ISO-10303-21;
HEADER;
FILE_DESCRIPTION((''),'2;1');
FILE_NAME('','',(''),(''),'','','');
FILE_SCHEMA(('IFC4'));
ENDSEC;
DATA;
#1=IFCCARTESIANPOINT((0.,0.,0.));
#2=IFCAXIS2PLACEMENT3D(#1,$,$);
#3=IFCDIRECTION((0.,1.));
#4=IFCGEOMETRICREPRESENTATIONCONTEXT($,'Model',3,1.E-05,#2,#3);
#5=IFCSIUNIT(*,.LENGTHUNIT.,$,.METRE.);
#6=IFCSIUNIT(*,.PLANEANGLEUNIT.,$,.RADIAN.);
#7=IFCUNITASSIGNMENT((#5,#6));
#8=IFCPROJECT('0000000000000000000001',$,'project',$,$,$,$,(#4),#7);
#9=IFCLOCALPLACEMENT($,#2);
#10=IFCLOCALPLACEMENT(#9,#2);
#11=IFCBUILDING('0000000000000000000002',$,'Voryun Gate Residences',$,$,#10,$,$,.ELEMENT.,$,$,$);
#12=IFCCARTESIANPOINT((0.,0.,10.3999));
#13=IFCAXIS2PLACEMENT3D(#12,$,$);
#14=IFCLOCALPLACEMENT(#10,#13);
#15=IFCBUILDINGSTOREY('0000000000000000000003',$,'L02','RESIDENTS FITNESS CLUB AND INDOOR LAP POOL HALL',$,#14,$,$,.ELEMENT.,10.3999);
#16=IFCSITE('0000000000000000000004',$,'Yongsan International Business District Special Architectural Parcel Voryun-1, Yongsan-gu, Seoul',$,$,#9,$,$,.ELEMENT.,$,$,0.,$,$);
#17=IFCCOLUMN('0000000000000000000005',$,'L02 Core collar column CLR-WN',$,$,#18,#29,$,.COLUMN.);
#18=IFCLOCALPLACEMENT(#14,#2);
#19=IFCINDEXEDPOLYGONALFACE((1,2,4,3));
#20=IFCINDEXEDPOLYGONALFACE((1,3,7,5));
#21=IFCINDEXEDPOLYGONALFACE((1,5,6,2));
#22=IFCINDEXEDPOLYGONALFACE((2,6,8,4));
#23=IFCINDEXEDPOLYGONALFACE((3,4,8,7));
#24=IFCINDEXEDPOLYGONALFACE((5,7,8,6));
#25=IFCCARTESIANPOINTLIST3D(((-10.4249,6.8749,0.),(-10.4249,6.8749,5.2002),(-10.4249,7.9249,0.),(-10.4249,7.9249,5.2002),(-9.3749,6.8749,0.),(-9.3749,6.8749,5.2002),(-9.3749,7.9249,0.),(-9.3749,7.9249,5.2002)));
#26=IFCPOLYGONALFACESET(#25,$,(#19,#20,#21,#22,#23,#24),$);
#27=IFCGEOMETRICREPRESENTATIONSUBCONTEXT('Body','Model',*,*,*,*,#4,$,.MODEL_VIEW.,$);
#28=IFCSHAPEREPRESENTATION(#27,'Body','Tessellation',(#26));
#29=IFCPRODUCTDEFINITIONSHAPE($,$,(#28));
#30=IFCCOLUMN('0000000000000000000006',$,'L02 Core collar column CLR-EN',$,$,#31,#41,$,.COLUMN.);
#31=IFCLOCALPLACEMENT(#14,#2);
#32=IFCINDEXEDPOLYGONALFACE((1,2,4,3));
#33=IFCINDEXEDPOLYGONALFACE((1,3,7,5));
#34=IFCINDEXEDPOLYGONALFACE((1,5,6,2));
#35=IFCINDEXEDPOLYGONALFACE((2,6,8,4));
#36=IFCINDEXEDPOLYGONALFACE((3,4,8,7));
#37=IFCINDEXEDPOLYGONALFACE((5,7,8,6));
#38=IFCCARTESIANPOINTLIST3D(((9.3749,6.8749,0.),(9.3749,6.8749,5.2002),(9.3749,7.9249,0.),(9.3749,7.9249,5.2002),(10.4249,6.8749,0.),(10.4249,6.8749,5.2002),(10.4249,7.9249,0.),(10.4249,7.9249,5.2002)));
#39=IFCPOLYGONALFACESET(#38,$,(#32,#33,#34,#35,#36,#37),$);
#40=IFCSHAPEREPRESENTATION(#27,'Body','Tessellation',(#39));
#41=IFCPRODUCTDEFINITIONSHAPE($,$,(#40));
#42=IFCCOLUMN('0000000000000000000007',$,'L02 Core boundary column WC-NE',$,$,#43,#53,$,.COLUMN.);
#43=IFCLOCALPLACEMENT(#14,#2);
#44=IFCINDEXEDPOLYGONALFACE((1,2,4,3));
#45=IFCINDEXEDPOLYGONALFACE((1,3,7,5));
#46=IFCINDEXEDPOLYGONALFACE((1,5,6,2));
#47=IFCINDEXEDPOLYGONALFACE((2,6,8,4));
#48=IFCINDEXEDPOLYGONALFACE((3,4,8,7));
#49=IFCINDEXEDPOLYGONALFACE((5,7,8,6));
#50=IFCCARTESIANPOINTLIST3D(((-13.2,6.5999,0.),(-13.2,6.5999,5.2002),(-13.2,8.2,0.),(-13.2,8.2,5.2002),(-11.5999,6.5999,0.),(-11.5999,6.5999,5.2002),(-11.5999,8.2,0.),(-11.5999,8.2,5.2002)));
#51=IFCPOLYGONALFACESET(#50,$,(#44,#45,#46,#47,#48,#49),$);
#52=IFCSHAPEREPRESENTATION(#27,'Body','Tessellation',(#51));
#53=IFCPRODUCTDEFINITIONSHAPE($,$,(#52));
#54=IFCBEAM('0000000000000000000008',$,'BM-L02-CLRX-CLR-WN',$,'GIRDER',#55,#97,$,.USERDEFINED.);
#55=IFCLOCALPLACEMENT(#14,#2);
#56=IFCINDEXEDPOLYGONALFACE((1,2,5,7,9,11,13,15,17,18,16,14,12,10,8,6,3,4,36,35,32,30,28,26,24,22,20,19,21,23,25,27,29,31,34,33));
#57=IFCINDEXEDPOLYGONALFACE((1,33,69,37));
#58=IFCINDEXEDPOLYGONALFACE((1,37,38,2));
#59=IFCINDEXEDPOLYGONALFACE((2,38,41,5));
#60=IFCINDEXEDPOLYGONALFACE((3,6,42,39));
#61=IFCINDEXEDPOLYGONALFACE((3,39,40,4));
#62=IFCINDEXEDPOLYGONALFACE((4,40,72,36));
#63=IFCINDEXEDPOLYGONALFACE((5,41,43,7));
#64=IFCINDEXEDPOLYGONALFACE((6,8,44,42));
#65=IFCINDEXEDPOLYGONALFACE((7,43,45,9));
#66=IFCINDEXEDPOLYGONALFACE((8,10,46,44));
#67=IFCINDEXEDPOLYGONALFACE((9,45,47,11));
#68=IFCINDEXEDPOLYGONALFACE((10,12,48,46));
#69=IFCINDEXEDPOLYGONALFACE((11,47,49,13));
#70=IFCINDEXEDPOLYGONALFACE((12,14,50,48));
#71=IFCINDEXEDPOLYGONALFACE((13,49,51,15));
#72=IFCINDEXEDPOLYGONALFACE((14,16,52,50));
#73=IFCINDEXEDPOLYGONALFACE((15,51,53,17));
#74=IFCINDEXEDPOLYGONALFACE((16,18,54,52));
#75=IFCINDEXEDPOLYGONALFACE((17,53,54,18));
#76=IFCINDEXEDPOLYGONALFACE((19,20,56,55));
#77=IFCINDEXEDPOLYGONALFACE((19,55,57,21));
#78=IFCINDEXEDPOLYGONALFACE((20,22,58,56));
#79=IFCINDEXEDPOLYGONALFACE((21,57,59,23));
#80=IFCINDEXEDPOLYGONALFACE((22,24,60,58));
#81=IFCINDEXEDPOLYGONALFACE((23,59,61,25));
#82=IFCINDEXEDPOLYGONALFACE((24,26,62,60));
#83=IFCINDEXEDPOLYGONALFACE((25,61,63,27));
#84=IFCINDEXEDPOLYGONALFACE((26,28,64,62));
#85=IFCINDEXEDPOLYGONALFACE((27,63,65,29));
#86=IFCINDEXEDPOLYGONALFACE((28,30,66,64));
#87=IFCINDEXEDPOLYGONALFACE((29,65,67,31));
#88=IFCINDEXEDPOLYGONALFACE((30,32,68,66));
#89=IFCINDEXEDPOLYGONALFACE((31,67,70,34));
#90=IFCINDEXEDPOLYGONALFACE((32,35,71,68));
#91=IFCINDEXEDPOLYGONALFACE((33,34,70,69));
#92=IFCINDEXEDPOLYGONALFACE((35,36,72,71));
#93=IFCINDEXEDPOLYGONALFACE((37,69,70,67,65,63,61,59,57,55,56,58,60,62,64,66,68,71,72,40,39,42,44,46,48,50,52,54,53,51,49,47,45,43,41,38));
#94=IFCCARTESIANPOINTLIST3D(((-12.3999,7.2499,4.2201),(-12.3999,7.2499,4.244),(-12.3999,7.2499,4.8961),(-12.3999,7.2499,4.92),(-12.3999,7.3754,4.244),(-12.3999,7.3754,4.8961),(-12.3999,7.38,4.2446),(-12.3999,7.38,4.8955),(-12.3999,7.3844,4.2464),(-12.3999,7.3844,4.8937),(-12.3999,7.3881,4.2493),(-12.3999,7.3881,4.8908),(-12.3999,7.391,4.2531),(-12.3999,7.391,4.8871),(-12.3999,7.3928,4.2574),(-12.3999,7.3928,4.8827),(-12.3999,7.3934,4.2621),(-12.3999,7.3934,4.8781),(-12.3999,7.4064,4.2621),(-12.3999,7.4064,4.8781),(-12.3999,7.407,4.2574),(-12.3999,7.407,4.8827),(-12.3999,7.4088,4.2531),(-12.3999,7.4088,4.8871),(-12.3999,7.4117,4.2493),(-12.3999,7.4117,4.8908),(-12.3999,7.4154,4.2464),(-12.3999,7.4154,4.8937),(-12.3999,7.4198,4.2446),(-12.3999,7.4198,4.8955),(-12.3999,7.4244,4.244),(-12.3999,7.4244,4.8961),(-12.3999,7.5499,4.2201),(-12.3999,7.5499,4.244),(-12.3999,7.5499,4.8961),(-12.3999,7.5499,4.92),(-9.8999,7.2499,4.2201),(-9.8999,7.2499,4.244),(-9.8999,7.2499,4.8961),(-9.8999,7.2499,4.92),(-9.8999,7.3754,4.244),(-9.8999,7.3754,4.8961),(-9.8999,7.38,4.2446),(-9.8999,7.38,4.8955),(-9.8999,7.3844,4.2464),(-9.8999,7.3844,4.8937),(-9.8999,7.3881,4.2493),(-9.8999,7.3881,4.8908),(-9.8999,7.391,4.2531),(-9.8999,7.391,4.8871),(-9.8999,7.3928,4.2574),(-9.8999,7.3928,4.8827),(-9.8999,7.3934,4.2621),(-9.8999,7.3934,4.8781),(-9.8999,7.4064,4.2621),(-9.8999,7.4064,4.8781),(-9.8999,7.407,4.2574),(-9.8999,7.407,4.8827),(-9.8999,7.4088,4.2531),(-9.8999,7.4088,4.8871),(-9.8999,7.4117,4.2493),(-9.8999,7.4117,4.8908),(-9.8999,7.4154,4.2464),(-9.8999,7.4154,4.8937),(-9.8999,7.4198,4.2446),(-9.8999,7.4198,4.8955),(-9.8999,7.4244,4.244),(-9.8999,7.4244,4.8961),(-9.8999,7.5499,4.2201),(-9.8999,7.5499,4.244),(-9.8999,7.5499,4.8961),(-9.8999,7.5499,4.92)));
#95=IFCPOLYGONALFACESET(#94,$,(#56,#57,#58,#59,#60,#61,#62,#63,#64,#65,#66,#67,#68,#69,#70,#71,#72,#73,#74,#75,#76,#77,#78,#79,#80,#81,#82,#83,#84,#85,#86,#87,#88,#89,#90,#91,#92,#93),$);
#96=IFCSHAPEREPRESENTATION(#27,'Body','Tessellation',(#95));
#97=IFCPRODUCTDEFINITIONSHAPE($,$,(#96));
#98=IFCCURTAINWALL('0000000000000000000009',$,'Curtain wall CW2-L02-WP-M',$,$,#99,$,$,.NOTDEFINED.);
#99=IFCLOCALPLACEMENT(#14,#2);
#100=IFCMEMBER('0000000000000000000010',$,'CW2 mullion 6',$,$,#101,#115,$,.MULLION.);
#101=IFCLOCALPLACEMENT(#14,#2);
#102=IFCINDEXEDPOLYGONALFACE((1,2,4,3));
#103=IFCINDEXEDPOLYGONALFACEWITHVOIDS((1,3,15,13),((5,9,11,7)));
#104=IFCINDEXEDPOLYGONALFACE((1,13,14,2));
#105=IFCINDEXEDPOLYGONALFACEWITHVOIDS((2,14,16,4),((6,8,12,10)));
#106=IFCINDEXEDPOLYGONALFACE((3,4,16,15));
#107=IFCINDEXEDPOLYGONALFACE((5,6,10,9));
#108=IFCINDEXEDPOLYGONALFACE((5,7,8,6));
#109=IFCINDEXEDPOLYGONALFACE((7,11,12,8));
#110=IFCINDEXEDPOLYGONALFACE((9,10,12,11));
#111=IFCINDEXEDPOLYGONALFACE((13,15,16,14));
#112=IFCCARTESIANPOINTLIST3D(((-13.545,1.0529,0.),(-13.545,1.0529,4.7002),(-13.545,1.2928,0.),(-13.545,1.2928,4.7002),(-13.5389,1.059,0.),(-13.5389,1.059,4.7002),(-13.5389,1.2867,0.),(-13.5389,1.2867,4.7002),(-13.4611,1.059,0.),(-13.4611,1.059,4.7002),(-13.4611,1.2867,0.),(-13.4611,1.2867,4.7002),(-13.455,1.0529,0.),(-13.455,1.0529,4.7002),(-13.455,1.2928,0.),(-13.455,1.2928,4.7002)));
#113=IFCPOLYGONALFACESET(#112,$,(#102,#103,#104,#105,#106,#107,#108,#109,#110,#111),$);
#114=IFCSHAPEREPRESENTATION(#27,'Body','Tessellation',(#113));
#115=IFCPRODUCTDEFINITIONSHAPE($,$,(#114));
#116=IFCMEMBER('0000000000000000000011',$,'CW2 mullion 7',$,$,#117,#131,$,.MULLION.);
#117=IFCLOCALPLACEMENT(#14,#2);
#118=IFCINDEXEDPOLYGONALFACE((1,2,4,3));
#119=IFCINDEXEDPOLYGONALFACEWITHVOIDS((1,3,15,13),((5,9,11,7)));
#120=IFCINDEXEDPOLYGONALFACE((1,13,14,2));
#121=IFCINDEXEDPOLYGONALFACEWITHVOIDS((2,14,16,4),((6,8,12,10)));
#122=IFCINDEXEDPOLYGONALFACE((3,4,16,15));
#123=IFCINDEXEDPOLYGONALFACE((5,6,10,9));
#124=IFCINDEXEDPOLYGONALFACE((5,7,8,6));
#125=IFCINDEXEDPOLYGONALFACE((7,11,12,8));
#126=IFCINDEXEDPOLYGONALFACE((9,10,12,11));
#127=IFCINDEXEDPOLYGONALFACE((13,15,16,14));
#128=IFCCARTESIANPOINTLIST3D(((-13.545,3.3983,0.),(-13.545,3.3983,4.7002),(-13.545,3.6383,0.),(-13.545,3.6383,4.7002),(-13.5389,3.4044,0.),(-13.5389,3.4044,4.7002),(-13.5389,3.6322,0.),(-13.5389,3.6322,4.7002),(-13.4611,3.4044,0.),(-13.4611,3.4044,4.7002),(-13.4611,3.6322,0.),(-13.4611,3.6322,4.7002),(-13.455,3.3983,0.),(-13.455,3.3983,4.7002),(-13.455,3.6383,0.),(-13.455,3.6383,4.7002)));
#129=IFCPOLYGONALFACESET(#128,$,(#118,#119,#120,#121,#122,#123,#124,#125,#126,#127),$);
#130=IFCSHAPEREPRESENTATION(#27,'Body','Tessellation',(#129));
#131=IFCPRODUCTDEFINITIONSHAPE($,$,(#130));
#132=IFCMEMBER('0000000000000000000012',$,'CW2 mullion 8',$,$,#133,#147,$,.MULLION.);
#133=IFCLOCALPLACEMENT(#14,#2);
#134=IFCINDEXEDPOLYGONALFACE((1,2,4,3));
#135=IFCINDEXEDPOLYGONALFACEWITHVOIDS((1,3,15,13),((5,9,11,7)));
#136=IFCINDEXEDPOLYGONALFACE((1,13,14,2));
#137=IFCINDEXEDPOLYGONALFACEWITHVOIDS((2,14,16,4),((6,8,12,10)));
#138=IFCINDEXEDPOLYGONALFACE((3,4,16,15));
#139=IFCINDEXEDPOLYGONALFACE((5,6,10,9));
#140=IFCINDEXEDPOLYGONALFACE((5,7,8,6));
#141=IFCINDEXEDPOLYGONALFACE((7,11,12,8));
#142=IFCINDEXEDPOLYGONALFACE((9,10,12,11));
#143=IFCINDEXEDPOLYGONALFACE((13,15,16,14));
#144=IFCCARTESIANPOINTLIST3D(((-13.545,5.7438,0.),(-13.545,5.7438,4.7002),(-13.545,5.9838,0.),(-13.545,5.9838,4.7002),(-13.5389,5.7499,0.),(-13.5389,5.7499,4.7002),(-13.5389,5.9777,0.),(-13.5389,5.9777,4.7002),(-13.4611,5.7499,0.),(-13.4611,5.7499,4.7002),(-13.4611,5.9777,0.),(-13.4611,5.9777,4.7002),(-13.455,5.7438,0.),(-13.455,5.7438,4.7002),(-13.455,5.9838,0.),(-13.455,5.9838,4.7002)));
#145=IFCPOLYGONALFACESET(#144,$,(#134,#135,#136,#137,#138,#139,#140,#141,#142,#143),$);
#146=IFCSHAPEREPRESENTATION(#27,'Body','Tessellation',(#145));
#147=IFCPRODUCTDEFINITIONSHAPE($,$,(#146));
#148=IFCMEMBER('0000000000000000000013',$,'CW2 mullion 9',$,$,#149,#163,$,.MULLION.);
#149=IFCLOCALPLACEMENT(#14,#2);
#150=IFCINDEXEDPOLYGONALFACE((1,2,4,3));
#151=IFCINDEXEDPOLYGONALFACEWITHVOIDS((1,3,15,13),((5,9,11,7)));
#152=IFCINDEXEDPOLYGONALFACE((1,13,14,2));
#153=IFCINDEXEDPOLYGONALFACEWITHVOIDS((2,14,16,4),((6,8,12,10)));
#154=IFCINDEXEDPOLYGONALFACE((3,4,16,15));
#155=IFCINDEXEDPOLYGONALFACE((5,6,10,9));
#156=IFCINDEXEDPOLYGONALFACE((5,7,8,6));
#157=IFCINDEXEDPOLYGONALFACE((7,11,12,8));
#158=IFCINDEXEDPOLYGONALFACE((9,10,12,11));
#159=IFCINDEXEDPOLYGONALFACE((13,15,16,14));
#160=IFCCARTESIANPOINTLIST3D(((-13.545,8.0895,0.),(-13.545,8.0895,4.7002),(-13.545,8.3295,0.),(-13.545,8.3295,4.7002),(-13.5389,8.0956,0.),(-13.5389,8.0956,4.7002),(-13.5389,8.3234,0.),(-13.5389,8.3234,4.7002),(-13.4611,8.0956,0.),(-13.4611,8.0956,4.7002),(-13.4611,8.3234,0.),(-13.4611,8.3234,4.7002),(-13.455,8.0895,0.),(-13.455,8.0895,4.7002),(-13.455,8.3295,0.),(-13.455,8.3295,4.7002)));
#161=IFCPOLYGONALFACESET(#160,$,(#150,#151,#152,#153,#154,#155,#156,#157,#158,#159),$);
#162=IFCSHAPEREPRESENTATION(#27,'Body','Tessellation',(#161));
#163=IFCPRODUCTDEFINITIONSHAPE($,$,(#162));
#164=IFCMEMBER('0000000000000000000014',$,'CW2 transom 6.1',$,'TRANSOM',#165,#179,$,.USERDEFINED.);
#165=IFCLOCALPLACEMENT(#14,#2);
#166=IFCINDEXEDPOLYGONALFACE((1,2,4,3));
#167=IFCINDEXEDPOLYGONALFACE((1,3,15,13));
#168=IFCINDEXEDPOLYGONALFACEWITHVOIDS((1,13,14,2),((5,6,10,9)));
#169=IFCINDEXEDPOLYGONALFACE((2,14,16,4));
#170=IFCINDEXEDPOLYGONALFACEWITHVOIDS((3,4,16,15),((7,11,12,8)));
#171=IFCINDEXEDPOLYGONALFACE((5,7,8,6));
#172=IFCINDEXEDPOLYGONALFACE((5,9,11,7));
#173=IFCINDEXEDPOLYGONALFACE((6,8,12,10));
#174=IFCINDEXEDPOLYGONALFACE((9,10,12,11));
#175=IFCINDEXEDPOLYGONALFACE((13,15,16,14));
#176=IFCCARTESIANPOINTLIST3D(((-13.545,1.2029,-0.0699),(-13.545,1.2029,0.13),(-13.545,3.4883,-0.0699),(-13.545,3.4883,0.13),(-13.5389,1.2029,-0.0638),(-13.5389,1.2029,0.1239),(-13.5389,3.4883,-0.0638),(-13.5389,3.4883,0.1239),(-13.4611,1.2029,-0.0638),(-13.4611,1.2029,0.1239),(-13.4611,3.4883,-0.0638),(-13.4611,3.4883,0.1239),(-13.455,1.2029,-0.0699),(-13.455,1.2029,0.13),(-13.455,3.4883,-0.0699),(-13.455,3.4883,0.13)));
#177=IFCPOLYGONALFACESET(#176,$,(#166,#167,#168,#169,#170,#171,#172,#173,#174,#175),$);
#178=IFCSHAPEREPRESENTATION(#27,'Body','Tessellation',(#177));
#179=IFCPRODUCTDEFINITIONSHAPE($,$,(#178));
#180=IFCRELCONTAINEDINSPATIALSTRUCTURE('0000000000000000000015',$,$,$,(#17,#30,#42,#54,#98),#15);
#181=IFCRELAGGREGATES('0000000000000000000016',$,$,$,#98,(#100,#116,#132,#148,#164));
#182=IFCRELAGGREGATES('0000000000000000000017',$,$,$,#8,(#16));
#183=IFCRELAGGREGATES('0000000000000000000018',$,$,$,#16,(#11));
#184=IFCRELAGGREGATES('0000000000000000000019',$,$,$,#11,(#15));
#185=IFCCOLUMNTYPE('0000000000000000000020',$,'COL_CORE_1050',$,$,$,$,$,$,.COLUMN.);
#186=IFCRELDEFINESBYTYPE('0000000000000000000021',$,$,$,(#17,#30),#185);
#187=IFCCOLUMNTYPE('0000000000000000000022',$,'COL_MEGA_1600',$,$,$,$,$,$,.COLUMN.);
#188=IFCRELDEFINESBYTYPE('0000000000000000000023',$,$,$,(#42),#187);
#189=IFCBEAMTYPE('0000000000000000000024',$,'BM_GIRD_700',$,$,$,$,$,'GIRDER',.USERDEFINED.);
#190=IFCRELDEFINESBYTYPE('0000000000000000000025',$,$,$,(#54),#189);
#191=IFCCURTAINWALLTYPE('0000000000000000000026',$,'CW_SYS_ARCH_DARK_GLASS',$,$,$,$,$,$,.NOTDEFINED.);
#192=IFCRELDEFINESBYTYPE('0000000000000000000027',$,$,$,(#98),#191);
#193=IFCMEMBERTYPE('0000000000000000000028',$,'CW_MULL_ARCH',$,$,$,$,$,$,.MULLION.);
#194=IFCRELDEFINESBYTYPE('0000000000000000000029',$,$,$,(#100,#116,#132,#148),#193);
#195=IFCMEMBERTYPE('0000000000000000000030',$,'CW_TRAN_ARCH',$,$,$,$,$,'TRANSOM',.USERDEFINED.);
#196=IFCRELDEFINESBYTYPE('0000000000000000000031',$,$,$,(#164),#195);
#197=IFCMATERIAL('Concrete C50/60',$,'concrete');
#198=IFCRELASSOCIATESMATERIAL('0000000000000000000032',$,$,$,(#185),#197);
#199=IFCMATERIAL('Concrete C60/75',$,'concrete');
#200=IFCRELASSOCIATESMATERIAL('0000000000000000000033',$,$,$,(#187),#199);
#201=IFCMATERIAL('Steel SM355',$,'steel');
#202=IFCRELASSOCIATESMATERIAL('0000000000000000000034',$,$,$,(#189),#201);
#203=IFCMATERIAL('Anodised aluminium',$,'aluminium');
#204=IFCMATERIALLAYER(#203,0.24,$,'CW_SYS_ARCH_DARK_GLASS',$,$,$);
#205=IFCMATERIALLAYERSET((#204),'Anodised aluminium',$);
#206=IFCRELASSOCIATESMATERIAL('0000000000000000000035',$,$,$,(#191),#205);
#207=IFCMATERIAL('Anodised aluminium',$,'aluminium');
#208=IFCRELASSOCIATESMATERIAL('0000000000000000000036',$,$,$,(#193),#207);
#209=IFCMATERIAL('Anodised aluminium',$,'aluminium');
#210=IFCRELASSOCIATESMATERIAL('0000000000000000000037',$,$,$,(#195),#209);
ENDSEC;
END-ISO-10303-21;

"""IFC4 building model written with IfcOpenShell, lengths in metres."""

from ifc_helpers import new_model, si_unit, direction, frame, origin, origin_2d, place, context, subcontext, project, spatial, rectangle, hollow_rectangle, i_section, extrude, material, layer, layer_set, material_profile, profile_set, type_object, element, aggregate, save


model = new_model("IFC4")

# Units and contexts
model_context = context("Model", 3, precision=1e-05, world=origin(), true_north=direction((0.0, 1.0)))
body_context = subcontext(model_context, "Body", "Model", "MODEL_VIEW")
ifc_project = project(units=[si_unit("LENGTHUNIT", "METRE"), si_unit("PLANEANGLEUNIT", "RADIAN")], contexts=[model_context])

# Site, building, storey
site_placement = place(None, origin())
site = spatial("IfcSite", under=ifc_project, at=site_placement, Name="Yongsan International Business District Special Architectural Parcel Voryun-1, Yongsan-gu, Seoul", CompositionType="ELEMENT", RefElevation=0.0)
building_placement = place(site_placement, origin())
building = spatial("IfcBuilding", under=site, at=building_placement, Name="Voryun Gate Residences", CompositionType="ELEMENT")
storey_placement = place(building_placement, frame((0.0, 0.0, 10.3999)))
storey = spatial("IfcBuildingStorey", under=building, at=storey_placement, Name="L02", Description="RESIDENTS FITNESS CLUB AND INDOOR LAP POOL HALL", CompositionType="ELEMENT", Elevation=10.3999)

# Columns
ifc_material_1 = material(Name="Concrete C50/60", Category="concrete")
ifc_material_profile_1 = material_profile(ifc_material_1, rectangle(XDim=1.05, YDim=1.05, at=origin_2d()), Name="RC-1050x1050")
ifc_profile_set_1 = profile_set([ifc_material_profile_1], Name="Concrete C50/60")
column_type_1 = type_object("IfcColumnType", Name="COL_CORE_1050", PredefinedType="COLUMN", material=ifc_profile_set_1)
for number, where, z_axis, x_axis, name in (
    (1, (-9.8999, 7.3999, 0.0), (0.0, 0.0, 1.0), (1.0, 0.0, 0.0), "L02 Core collar column CLR-WN"),
    (2, (9.8999, 7.3999, 0.0), (0.0, 0.0, 1.0), (1.0, 0.0, 0.0), "L02 Core collar column CLR-EN"),
):
    element("IfcColumn", number, at=place(storey_placement, frame(where, z_axis=z_axis, x_axis=x_axis)), inside=storey, type_object=column_type_1, Name=name, PredefinedType="COLUMN", context=body_context, shape_type="SweptSolid", body=[
        extrude(rectangle(XDim=1.05, YDim=1.05, at=origin_2d()), origin(), (0.0, 0.0, 1.0), 5.2002),
    ])
ifc_material_2 = material(Name="Concrete C60/75", Category="concrete")
ifc_material_profile_2 = material_profile(ifc_material_2, rectangle(XDim=1.6001, YDim=1.6001, at=origin_2d()), Name="RC-1600x1600")
ifc_profile_set_2 = profile_set([ifc_material_profile_2], Name="Concrete C60/75")
column_type_2 = type_object("IfcColumnType", Name="COL_MEGA_1600", PredefinedType="COLUMN", material=ifc_profile_set_2)
column_placement = place(storey_placement, frame((-12.3999, 7.3999, 0.0), z_axis=(0.0, 0.0, 1.0), x_axis=(1.0, 0.0, 0.0)))
element("IfcColumn", 3, at=column_placement, inside=storey, type_object=column_type_2, Name="L02 Core boundary column WC-NE", PredefinedType="COLUMN", context=body_context, shape_type="SweptSolid", body=[
    extrude(rectangle(XDim=1.6001, YDim=1.6001, at=origin_2d()), origin(), (0.0, 0.0, 1.0), 5.2002),
])

# Beam
ifc_material_3 = material(Name="Steel SM355", Category="steel")
ifc_material_profile_3 = material_profile(ifc_material_3, i_section(OverallWidth=0.3, OverallDepth=0.7, WebThickness=0.0129, FlangeThickness=0.0239, FilletRadius=0.0181, at=origin_2d()), Name="H-700x300x13x24")
ifc_profile_set_3 = profile_set([ifc_material_profile_3], Name="Steel SM355")
beam_type = type_object("IfcBeamType", Name="BM_GIRD_700", ElementType="GIRDER", PredefinedType="USERDEFINED", material=ifc_profile_set_3)
beam_placement = place(storey_placement, frame((-12.3999, 7.3999, 4.5701), z_axis=(1.0, 0.0, 0.0), x_axis=(0.0, 1.0, 0.0)))
element("IfcBeam", 4, at=beam_placement, inside=storey, type_object=beam_type, Name="BM-L02-CLRX-CLR-WN", ObjectType="GIRDER", PredefinedType="USERDEFINED", context=body_context, shape_type="SweptSolid", body=[
    extrude(i_section(OverallWidth=0.3, OverallDepth=0.7, WebThickness=0.0129, FlangeThickness=0.0239, FilletRadius=0.0181, at=origin_2d()), origin(), (0.0, 0.0, 1.0), 2.5),
])

# Curtain wall, members
ifc_material_4 = material(Name="Anodised aluminium", Category="aluminium")
ifc_layer_1 = layer(ifc_material_4, 0.24, Name="CW_SYS_ARCH_DARK_GLASS")
ifc_layer_set_1 = layer_set([ifc_layer_1], Name="Anodised aluminium")
curtain_wall_type = type_object("IfcCurtainWallType", Name="CW_SYS_ARCH_DARK_GLASS", PredefinedType="NOTDEFINED", material=ifc_layer_set_1)
curtain_wall_placement = place(storey_placement, origin())
curtain_wall = element("IfcCurtainWall", 5, at=curtain_wall_placement, inside=storey, type_object=curtain_wall_type, Name="Curtain wall CW2-L02-WP-M", PredefinedType="NOTDEFINED")
ifc_material_5 = material(Name="Anodised aluminium", Category="aluminium")
ifc_material_profile_4 = material_profile(ifc_material_5, hollow_rectangle(XDim=0.0901, YDim=0.24, WallThickness=0.0061, at=origin_2d()), Name="ALU-MULL-240x90x6")
ifc_profile_set_4 = profile_set([ifc_material_profile_4], Name="Anodised aluminium")
member_type_1 = type_object("IfcMemberType", Name="CW_MULL_ARCH", PredefinedType="MULLION", material=ifc_profile_set_4)
member_1_placement = place(storey_placement, frame((-13.5, 1.1729, 0.0), z_axis=(0.0, 0.0, 1.0), x_axis=(-1.0, 0.0, 0.0)))
member_1 = element("IfcMember", 6, at=member_1_placement, type_object=member_type_1, Name="CW2 mullion 6", PredefinedType="MULLION", context=body_context, shape_type="SweptSolid", body=[
    extrude(hollow_rectangle(XDim=0.0901, YDim=0.24, WallThickness=0.0061, at=origin_2d()), origin(), (0.0, 0.0, 1.0), 4.7002),
])
member_2_placement = place(storey_placement, frame((-13.5, 3.5183, 0.0), z_axis=(0.0, 0.0, 1.0), x_axis=(-1.0, 0.0, 0.0)))
member_2 = element("IfcMember", 7, at=member_2_placement, type_object=member_type_1, Name="CW2 mullion 7", PredefinedType="MULLION", context=body_context, shape_type="SweptSolid", body=[
    extrude(hollow_rectangle(XDim=0.0901, YDim=0.24, WallThickness=0.0061, at=origin_2d()), origin(), (0.0, 0.0, 1.0), 4.7002),
])
member_3_placement = place(storey_placement, frame((-13.5, 5.8638, 0.0), z_axis=(0.0, 0.0, 1.0), x_axis=(-1.0, 0.0, 0.0)))
member_3 = element("IfcMember", 8, at=member_3_placement, type_object=member_type_1, Name="CW2 mullion 8", PredefinedType="MULLION", context=body_context, shape_type="SweptSolid", body=[
    extrude(hollow_rectangle(XDim=0.0901, YDim=0.24, WallThickness=0.0061, at=origin_2d()), origin(), (0.0, 0.0, 1.0), 4.7002),
])
member_4_placement = place(storey_placement, frame((-13.5, 8.2095, 0.0), z_axis=(0.0, 0.0, 1.0), x_axis=(-1.0, 0.0, 0.0)))
member_4 = element("IfcMember", 9, at=member_4_placement, type_object=member_type_1, Name="CW2 mullion 9", PredefinedType="MULLION", context=body_context, shape_type="SweptSolid", body=[
    extrude(hollow_rectangle(XDim=0.0901, YDim=0.24, WallThickness=0.0061, at=origin_2d()), origin(), (0.0, 0.0, 1.0), 4.7002),
])
ifc_material_6 = material(Name="Anodised aluminium", Category="aluminium")
ifc_material_profile_5 = material_profile(ifc_material_6, hollow_rectangle(XDim=0.0901, YDim=0.2, WallThickness=0.0061, at=origin_2d()), Name="ALU-TRAN-200x90x6")
ifc_profile_set_5 = profile_set([ifc_material_profile_5], Name="Anodised aluminium")
member_type_2 = type_object("IfcMemberType", Name="CW_TRAN_ARCH", ElementType="TRANSOM", PredefinedType="USERDEFINED", material=ifc_profile_set_5)
member_5_placement = place(storey_placement, frame((-13.5, 1.2029, 0.03), z_axis=(0.0, 1.0, 0.0), x_axis=(-1.0, 0.0, 0.0)))
member_5 = element("IfcMember", 10, at=member_5_placement, type_object=member_type_2, Name="CW2 transom 6.1", ObjectType="TRANSOM", PredefinedType="USERDEFINED", context=body_context, shape_type="SweptSolid", body=[
    extrude(hollow_rectangle(XDim=0.0901, YDim=0.2, WallThickness=0.0061, at=origin_2d()), origin(), (0.0, 0.0, 1.0), 2.2854),
])
aggregate(curtain_wall, [member_1, member_2, member_3, member_4, member_5])

save(model, "model.ifc")
